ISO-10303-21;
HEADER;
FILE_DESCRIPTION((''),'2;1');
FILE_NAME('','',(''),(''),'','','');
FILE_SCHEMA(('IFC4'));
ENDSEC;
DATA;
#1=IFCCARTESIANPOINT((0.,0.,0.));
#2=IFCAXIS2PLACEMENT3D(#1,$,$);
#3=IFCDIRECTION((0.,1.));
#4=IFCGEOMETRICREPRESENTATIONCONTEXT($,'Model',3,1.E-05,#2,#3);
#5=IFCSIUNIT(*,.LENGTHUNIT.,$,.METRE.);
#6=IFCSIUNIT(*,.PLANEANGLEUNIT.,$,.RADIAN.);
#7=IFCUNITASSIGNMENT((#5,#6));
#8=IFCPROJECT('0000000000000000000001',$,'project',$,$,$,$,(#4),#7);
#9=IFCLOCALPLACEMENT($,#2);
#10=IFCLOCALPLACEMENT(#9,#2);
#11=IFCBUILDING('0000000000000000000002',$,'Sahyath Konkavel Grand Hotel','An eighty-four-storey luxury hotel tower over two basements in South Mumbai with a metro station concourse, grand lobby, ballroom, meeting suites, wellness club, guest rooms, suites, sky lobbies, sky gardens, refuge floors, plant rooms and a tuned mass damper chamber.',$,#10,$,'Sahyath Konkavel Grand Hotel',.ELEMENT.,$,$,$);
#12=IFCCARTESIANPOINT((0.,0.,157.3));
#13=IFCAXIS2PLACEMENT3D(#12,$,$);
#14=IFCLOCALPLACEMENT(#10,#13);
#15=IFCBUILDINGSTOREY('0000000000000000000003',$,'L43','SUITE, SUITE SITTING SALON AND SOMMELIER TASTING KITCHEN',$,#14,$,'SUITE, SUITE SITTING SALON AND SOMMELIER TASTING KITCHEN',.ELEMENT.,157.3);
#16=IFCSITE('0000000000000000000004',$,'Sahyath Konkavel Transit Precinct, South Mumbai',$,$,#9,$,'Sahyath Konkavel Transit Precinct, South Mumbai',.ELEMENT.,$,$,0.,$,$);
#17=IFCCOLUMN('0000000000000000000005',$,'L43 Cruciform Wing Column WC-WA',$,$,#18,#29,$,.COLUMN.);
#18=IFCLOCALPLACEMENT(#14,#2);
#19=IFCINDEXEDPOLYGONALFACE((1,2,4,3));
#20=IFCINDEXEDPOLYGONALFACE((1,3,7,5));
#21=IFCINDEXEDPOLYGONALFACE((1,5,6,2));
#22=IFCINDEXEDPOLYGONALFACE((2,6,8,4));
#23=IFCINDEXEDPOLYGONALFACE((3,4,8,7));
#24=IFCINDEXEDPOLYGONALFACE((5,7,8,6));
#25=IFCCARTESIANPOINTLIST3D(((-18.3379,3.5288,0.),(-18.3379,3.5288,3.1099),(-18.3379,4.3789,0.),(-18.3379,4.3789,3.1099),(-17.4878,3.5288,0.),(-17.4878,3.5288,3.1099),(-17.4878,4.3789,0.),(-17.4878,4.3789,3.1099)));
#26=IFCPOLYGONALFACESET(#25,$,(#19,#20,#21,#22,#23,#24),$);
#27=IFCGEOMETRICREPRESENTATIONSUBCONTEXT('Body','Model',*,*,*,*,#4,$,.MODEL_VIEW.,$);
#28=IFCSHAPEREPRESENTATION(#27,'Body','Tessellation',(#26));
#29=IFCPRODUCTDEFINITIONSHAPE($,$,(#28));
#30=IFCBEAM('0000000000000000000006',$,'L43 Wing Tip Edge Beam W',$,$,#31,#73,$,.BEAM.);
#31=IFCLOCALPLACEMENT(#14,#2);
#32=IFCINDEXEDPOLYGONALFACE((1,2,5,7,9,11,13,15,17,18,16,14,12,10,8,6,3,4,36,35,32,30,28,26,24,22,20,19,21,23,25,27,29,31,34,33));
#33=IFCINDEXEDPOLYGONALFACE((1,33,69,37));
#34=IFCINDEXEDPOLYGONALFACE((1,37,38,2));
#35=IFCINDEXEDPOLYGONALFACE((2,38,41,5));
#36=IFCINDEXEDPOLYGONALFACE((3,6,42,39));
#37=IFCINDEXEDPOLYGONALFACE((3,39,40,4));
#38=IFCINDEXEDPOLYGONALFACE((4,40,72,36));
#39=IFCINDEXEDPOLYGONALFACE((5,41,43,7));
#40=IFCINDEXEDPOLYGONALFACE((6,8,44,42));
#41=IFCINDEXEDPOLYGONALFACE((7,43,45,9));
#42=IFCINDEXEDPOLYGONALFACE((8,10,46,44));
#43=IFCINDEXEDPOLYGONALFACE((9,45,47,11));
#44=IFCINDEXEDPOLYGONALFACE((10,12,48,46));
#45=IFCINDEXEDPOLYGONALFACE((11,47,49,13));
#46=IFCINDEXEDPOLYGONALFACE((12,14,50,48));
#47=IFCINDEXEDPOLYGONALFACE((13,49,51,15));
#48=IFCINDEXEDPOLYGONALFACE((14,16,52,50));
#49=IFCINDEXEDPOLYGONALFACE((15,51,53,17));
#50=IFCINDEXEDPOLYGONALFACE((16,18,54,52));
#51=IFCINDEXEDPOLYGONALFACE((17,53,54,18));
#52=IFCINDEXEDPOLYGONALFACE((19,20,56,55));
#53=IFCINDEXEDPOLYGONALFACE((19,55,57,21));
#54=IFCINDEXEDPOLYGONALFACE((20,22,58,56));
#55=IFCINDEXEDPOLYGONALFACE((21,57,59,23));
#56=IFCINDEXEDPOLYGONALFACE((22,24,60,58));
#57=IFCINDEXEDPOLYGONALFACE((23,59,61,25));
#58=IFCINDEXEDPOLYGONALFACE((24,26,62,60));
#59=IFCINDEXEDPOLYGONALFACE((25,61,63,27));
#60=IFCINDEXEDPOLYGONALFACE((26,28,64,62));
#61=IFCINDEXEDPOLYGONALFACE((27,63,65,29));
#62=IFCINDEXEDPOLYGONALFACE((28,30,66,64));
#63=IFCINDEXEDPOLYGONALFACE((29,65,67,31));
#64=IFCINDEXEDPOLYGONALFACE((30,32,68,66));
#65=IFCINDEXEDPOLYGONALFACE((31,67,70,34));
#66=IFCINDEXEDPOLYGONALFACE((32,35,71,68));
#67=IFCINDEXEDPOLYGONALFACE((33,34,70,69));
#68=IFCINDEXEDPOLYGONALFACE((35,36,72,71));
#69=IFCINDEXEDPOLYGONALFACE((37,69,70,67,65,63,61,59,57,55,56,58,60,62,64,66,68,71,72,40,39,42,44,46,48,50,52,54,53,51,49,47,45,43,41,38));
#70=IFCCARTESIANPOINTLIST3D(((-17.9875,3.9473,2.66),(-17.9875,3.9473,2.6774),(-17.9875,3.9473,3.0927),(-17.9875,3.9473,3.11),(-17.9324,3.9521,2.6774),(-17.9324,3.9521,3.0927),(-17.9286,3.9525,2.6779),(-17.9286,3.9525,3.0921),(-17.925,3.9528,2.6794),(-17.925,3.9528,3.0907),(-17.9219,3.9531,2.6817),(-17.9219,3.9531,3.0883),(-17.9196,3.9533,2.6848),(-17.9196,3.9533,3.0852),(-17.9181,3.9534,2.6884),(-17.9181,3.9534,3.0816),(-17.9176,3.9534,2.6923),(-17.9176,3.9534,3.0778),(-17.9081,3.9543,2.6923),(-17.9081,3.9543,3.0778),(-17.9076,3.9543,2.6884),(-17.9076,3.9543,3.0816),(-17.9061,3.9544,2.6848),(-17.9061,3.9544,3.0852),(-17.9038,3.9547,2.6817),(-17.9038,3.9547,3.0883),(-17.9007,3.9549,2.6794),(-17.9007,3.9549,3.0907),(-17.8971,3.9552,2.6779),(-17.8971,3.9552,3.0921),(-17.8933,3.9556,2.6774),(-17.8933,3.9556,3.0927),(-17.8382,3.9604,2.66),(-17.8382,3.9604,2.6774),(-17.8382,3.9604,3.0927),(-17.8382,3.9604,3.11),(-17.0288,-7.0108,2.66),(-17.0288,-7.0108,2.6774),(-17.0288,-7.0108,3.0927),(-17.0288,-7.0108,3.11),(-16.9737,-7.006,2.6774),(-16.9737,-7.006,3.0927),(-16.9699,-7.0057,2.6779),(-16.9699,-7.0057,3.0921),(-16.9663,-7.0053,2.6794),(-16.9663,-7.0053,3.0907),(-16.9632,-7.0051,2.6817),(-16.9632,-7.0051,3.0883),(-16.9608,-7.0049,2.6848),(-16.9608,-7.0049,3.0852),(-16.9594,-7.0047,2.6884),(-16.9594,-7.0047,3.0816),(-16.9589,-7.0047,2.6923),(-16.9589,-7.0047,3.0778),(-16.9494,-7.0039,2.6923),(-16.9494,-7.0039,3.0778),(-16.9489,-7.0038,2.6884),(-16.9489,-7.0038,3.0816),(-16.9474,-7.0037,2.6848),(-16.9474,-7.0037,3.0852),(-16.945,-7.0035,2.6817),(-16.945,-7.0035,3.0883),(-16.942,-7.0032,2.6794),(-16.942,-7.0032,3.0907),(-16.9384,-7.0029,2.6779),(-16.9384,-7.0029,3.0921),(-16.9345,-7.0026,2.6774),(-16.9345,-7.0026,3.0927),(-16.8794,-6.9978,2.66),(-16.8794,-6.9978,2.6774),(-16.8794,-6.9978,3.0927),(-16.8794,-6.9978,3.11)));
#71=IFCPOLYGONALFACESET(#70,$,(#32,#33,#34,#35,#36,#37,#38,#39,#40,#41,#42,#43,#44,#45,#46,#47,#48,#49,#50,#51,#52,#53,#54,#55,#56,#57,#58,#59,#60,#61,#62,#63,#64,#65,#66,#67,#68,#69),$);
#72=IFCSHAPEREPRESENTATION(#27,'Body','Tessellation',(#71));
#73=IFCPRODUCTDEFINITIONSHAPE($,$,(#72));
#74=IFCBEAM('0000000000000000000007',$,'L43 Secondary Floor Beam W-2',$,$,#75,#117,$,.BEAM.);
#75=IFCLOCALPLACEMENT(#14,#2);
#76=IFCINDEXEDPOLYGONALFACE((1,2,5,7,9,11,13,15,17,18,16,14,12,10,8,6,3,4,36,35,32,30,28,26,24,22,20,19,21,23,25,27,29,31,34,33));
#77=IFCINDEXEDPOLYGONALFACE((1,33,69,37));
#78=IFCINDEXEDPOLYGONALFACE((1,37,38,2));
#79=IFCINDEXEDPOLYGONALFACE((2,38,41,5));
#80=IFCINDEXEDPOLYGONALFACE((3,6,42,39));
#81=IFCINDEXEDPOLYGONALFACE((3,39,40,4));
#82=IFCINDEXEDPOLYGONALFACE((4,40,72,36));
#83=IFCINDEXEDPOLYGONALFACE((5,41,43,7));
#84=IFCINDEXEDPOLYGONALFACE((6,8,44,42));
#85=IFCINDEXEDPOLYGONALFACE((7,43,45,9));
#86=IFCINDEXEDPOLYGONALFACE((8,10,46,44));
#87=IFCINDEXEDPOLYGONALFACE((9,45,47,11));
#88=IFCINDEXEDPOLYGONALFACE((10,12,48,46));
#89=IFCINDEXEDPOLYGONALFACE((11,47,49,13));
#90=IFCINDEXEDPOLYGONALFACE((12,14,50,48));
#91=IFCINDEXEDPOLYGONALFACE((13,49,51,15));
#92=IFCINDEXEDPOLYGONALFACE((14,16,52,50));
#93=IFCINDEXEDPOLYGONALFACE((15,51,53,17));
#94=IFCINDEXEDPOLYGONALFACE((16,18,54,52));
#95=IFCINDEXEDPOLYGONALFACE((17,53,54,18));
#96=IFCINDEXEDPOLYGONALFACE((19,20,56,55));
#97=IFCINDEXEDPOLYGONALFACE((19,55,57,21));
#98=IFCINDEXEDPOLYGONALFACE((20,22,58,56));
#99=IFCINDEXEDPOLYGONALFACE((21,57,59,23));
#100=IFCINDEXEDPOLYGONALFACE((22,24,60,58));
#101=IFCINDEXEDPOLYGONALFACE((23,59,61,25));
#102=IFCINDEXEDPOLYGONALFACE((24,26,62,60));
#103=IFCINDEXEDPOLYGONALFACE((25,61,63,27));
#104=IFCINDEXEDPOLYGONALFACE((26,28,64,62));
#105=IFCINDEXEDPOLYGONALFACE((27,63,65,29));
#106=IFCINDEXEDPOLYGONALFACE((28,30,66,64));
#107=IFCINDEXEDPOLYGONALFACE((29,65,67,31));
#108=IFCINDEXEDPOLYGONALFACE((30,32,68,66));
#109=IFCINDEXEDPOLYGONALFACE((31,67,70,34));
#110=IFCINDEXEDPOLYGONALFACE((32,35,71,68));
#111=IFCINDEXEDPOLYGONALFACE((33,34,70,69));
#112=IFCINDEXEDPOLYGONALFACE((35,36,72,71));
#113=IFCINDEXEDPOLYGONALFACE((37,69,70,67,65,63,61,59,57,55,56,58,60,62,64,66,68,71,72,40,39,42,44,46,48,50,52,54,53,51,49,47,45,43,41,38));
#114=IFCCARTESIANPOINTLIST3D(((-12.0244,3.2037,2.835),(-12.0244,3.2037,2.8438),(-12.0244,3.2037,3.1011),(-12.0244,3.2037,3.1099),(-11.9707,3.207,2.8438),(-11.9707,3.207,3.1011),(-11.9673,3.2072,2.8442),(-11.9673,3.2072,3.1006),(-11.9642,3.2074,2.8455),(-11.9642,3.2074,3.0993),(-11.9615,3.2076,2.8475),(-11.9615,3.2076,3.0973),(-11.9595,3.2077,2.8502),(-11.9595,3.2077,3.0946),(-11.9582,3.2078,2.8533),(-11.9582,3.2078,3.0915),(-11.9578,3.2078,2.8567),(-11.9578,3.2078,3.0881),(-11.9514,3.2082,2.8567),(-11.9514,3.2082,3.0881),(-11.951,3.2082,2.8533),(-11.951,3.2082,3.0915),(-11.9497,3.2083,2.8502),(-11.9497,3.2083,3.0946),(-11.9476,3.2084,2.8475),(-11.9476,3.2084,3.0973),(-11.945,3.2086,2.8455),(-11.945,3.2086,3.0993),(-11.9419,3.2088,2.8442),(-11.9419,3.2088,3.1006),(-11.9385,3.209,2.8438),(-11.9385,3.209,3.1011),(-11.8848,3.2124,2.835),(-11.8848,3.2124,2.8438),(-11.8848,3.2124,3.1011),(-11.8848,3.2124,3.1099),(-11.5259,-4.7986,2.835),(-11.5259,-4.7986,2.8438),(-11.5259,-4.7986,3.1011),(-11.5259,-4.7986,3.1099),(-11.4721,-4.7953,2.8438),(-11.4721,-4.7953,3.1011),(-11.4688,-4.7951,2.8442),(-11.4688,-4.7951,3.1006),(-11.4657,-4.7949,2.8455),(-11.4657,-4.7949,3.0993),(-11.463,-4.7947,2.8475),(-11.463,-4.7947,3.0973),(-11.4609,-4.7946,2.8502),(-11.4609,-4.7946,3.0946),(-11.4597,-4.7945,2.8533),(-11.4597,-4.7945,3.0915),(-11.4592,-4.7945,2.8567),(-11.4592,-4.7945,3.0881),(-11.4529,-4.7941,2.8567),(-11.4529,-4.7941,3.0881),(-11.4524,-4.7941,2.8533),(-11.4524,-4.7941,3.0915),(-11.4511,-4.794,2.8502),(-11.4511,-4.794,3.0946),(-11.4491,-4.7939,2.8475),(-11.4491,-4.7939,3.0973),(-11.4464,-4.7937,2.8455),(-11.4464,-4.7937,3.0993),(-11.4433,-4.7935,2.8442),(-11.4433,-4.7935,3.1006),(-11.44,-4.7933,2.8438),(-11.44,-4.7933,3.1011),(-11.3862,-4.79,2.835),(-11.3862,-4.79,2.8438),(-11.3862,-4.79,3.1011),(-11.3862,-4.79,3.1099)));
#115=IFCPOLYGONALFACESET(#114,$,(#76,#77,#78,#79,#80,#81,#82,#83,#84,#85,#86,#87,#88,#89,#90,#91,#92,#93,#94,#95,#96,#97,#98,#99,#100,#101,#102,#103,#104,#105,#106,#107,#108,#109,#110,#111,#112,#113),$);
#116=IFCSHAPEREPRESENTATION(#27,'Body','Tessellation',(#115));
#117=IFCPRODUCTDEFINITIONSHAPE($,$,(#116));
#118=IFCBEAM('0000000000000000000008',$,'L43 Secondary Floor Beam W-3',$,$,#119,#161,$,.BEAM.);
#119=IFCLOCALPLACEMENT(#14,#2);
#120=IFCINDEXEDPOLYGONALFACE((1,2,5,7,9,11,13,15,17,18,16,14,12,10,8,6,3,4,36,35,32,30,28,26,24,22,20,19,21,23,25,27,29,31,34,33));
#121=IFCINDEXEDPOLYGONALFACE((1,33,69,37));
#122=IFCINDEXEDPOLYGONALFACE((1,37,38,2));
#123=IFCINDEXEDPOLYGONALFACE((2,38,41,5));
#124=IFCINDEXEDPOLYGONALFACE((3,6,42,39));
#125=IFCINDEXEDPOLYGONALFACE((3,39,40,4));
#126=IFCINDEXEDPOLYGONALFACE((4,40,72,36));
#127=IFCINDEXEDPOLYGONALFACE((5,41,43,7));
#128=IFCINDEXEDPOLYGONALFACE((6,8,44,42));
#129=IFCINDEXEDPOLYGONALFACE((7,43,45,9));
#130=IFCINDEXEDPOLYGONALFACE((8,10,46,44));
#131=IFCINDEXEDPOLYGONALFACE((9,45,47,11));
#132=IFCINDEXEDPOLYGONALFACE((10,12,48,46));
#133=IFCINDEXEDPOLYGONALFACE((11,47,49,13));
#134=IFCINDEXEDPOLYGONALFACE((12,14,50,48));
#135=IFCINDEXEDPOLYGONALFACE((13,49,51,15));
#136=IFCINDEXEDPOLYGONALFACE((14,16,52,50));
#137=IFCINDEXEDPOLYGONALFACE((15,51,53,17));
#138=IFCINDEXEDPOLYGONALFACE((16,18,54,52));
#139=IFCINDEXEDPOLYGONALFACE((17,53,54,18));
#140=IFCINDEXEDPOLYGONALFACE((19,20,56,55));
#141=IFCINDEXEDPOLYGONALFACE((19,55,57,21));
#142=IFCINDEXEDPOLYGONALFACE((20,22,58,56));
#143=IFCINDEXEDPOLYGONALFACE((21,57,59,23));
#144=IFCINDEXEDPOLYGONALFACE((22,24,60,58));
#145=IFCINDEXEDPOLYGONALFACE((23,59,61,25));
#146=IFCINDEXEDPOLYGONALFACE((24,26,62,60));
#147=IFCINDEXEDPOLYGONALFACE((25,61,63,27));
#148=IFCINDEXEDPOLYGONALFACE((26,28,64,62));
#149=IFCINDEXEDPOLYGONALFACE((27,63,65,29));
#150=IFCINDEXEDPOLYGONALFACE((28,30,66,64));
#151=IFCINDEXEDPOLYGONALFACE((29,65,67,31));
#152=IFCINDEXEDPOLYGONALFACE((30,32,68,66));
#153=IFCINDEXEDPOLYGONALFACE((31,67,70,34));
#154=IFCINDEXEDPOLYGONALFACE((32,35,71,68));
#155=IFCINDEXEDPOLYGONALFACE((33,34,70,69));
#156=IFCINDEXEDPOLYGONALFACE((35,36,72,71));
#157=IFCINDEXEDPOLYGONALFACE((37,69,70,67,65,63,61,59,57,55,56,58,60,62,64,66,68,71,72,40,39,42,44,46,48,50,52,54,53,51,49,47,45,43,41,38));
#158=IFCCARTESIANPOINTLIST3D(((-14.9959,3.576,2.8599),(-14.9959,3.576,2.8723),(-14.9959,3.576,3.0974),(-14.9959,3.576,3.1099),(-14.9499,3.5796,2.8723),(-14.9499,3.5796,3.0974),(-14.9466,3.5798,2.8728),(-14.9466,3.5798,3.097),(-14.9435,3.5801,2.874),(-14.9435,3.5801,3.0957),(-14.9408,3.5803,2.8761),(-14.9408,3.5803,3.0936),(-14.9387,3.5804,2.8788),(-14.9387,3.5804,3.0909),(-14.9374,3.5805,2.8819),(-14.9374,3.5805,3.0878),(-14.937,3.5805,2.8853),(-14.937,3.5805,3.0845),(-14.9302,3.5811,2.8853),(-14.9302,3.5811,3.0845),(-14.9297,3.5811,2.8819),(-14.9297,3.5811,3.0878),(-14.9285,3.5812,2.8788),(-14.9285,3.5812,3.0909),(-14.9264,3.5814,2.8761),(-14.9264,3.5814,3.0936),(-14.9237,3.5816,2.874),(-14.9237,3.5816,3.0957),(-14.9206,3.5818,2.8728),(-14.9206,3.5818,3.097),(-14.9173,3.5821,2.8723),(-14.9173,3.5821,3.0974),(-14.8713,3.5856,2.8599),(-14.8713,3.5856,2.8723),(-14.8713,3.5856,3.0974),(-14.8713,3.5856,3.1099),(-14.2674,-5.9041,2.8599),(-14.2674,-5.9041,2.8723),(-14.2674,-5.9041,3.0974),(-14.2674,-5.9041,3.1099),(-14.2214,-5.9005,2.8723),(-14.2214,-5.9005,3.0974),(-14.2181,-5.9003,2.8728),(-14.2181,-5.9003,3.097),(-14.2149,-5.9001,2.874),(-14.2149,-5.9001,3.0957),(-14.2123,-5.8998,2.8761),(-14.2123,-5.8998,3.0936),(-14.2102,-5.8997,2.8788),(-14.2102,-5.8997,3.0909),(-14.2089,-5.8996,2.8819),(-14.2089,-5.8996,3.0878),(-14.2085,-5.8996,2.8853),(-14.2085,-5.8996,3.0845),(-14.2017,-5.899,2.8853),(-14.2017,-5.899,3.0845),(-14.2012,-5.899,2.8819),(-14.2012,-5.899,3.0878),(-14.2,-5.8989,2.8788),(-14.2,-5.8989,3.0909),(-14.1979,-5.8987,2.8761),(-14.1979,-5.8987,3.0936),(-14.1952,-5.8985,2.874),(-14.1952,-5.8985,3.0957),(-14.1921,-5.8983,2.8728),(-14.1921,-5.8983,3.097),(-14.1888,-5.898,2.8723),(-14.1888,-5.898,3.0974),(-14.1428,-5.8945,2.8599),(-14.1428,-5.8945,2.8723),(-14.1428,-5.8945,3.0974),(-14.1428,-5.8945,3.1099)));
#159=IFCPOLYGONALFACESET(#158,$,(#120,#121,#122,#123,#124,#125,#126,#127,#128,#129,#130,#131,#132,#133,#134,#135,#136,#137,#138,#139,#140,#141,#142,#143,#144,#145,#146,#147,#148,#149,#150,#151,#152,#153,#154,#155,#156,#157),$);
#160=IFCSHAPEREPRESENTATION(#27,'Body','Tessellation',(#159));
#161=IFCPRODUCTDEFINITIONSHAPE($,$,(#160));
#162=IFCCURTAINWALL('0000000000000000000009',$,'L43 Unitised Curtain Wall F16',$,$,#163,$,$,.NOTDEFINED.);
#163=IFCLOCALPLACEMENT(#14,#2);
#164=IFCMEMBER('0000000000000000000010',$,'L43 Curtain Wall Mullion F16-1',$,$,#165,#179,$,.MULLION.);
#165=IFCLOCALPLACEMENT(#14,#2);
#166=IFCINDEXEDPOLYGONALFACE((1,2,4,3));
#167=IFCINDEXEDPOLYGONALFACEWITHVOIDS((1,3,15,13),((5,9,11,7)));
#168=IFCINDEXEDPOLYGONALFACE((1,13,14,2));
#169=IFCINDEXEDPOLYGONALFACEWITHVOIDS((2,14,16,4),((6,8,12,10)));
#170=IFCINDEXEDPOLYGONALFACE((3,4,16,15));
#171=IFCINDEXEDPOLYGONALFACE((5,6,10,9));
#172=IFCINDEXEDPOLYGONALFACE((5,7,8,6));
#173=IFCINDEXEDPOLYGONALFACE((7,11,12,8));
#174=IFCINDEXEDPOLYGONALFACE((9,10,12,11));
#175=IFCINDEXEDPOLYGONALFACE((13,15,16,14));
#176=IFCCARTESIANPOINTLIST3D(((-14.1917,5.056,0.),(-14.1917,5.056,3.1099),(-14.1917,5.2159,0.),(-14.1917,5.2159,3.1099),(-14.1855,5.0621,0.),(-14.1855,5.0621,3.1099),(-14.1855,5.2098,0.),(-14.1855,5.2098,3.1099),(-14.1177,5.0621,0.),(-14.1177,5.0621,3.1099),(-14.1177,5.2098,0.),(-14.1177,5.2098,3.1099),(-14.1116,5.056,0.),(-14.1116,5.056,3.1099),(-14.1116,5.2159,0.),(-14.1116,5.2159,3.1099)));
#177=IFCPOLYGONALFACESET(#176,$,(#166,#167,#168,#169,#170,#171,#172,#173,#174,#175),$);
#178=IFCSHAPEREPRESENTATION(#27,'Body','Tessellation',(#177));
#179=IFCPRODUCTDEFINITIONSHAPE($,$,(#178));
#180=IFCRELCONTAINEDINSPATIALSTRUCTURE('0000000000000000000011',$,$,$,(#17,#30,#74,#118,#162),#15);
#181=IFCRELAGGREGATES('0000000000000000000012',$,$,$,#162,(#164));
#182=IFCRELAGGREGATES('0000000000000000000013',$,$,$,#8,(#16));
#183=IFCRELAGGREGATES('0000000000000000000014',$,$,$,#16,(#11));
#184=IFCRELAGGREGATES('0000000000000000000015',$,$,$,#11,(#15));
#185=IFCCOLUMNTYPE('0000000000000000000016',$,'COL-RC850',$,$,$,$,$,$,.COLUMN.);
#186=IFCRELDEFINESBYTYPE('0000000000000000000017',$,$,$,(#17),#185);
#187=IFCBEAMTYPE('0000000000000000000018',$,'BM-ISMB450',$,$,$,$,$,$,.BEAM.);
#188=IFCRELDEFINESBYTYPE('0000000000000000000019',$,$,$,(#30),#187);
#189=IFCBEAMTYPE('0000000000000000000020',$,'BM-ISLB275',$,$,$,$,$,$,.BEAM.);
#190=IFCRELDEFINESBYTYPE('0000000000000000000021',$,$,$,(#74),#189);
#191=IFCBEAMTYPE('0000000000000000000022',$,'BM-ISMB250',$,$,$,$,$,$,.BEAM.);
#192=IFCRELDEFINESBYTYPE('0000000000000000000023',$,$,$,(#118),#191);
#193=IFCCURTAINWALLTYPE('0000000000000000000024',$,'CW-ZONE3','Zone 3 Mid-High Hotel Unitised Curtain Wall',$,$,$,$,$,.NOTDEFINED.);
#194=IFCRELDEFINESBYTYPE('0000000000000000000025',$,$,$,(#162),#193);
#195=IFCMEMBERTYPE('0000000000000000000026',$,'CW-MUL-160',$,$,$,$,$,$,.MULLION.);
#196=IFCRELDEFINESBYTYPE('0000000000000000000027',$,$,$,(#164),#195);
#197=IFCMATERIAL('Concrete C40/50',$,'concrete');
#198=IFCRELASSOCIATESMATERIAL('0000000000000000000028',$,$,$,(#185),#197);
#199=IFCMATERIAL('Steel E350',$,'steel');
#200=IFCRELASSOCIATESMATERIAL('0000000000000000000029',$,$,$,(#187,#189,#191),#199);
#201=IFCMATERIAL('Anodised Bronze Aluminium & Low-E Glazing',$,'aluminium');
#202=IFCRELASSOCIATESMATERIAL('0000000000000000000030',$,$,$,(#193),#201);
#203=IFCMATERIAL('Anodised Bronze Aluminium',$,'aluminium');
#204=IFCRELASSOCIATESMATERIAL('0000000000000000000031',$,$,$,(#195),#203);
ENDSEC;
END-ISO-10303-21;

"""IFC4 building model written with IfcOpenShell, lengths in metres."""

from ifc_helpers import new_model, si_unit, direction, frame, origin, origin_2d, place, context, subcontext, project, spatial, rectangle, hollow_rectangle, i_section, extrude, source, transform, mapped, material, material_profile, profile_set, type_object, element, aggregate, save


model = new_model("IFC4")

# Units and contexts
model_context = context("Model", 3, precision=1e-05, world=origin(), true_north=direction((0.0, 1.0)))
body_context = subcontext(model_context, "Body", "Model", "MODEL_VIEW")
ifc_project = project(units=[si_unit("LENGTHUNIT", "METRE"), si_unit("PLANEANGLEUNIT", "RADIAN")], contexts=[model_context])

# Site, building, storey
site_placement = place(None, origin())
site = spatial("IfcSite", under=ifc_project, at=site_placement, Name="Sahyath Konkavel Transit Precinct, South Mumbai", LongName="Sahyath Konkavel Transit Precinct, South Mumbai", CompositionType="ELEMENT", RefElevation=0.0)
building_placement = place(site_placement, origin())
building = spatial("IfcBuilding", under=site, at=building_placement, Name="Sahyath Konkavel Grand Hotel", Description="An eighty-four-storey luxury hotel tower over two basements in South Mumbai with a metro station concourse, grand lobby, ballroom, meeting suites, wellness club, guest rooms, suites, sky lobbies, sky gardens, refuge floors, plant rooms and a tuned mass damper chamber.", LongName="Sahyath Konkavel Grand Hotel", CompositionType="ELEMENT")
storey_placement = place(building_placement, frame((0.0, 0.0, 157.3)))
storey = spatial("IfcBuildingStorey", under=building, at=storey_placement, Name="L43", Description="SUITE, SUITE SITTING SALON AND SOMMELIER TASTING KITCHEN", LongName="SUITE, SUITE SITTING SALON AND SOMMELIER TASTING KITCHEN", CompositionType="ELEMENT", Elevation=157.3)

# Column
ifc_material_1 = material(Name="Concrete C40/50", Category="concrete")
ifc_material_profile_1 = material_profile(ifc_material_1, rectangle(XDim=0.8501, YDim=0.8501, at=origin_2d()), Name="RC 850x850")
ifc_profile_set_1 = profile_set([ifc_material_profile_1], Name="Concrete C40/50")
column_type = type_object("IfcColumnType", Name="COL-RC850", PredefinedType="COLUMN", material=ifc_profile_set_1)
shared_shape_1 = source(origin(), body_context, "Body", "SweptSolid", [
    extrude(rectangle(XDim=0.8501, YDim=0.8501, at=origin_2d()), origin(), (0.0, 0.0, 1.0), 3.1099),
])
column_placement = place(storey_placement, frame((-17.9128, 3.9539, 0.0), z_axis=(0.0, 0.0, 1.0), x_axis=(1.0, 0.0, 0.0)))
element("IfcColumn", 1, at=column_placement, inside=storey, type_object=column_type, Name="L43 Cruciform Wing Column WC-WA", PredefinedType="COLUMN", context=body_context, shape_type="MappedRepresentation", body=[
    mapped(shared_shape_1, transform((0.0, 0.0, 0.0), scale=1.0)),
])

# Beams
ifc_material_2 = material(Name="Steel E350", Category="steel")
ifc_material_profile_2 = material_profile(ifc_material_2, i_section(OverallWidth=0.1499, OverallDepth=0.45, WebThickness=0.0095, FlangeThickness=0.0173, FilletRadius=0.0149, at=origin_2d()), Name="ISMB 450")
ifc_profile_set_2 = profile_set([ifc_material_profile_2], Name="Steel E350")
beam_type_1 = type_object("IfcBeamType", Name="BM-ISMB450", PredefinedType="BEAM", material=ifc_profile_set_2)
shared_shape_2 = source(origin(), body_context, "Body", "SweptSolid", [
    extrude(i_section(OverallWidth=0.1499, OverallDepth=0.45, WebThickness=0.0095, FlangeThickness=0.0173, FilletRadius=0.0149, at=origin_2d()), origin(), (0.0, 0.0, 1.0), 11.0),
])
beam_1_placement = place(storey_placement, frame((-17.9128, 3.9539, 2.885), z_axis=(0.087157, -0.996195, 0.0), x_axis=(0.996195, 0.087157, 0.0)))
element("IfcBeam", 2, at=beam_1_placement, inside=storey, type_object=beam_type_1, Name="L43 Wing Tip Edge Beam W", PredefinedType="BEAM", context=body_context, shape_type="MappedRepresentation", body=[
    mapped(shared_shape_2, transform((0.0, 0.0, 0.0), scale=1.0)),
])
ifc_material_profile_3 = material_profile(ifc_material_2, i_section(OverallWidth=0.1399, OverallDepth=0.2749, WebThickness=0.0063, FlangeThickness=0.0088, FilletRadius=0.0129, at=origin_2d()), Name="ISLB 275")
ifc_profile_set_3 = profile_set([ifc_material_profile_3], Name="Steel E350")
beam_type_2 = type_object("IfcBeamType", Name="BM-ISLB275", PredefinedType="BEAM", material=ifc_profile_set_3)
shared_shape_3 = source(origin(), body_context, "Body", "SweptSolid", [
    extrude(i_section(OverallWidth=0.1399, OverallDepth=0.2749, WebThickness=0.0063, FlangeThickness=0.0088, FilletRadius=0.0129, at=origin_2d()), origin(), (0.0, 0.0, 1.0), 8.0178),
])
beam_2_placement = place(storey_placement, frame((-11.9546, 3.208, 2.9724), z_axis=(0.062179, -0.998065, 0.0), x_axis=(0.998065, 0.062179, 0.0)))
element("IfcBeam", 3, at=beam_2_placement, inside=storey, type_object=beam_type_2, Name="L43 Secondary Floor Beam W-2", PredefinedType="BEAM", context=body_context, shape_type="MappedRepresentation", body=[
    mapped(shared_shape_3, transform((0.0, 0.0, 0.0), scale=1.0)),
])
ifc_material_profile_4 = material_profile(ifc_material_2, i_section(OverallWidth=0.125, OverallDepth=0.25, WebThickness=0.0068, FlangeThickness=0.0125, FilletRadius=0.0129, at=origin_2d()), Name="ISMB 250")
ifc_profile_set_4 = profile_set([ifc_material_profile_4], Name="Steel E350")
beam_type_3 = type_object("IfcBeamType", Name="BM-ISMB250", PredefinedType="BEAM", material=ifc_profile_set_4)
shared_shape_4 = source(origin(), body_context, "Body", "SweptSolid", [
    extrude(i_section(OverallWidth=0.125, OverallDepth=0.25, WebThickness=0.0068, FlangeThickness=0.0125, FilletRadius=0.0129, at=origin_2d()), origin(), (0.0, 0.0, 1.0), 9.5081),
])
beam_3_placement = place(storey_placement, frame((-14.9336, 3.5808, 2.9849), z_axis=(0.07662, -0.99706, 0.0), x_axis=(0.99706, 0.07662, 0.0)))
element("IfcBeam", 4, at=beam_3_placement, inside=storey, type_object=beam_type_3, Name="L43 Secondary Floor Beam W-3", PredefinedType="BEAM", context=body_context, shape_type="MappedRepresentation", body=[
    mapped(shared_shape_4, transform((0.0, 0.0, 0.0), scale=1.0)),
])

# Curtain wall, member
ifc_material_3 = material(Name="Anodised Bronze Aluminium & Low-E Glazing", Category="aluminium")
curtain_wall_type = type_object("IfcCurtainWallType", Name="CW-ZONE3", Description="Zone 3 Mid-High Hotel Unitised Curtain Wall", PredefinedType="NOTDEFINED", material=ifc_material_3)
curtain_wall_1_placement = place(storey_placement, origin())
curtain_wall_1 = element("IfcCurtainWall", 5, at=curtain_wall_1_placement, inside=storey, type_object=curtain_wall_type, Name="L43 Unitised Curtain Wall F16", PredefinedType="NOTDEFINED")
ifc_material_4 = material(Name="Anodised Bronze Aluminium", Category="aluminium")
ifc_material_profile_5 = material_profile(ifc_material_4, hollow_rectangle(XDim=0.0801, YDim=0.1599, WallThickness=0.0061, at=origin_2d()), Name="RHS 160x80x6")
ifc_profile_set_5 = profile_set([ifc_material_profile_5], Name="Anodised Bronze Aluminium")
member_type_1 = type_object("IfcMemberType", Name="CW-MUL-160", PredefinedType="MULLION", material=ifc_profile_set_5)
shared_shape_5 = source(origin(), body_context, "Body", "SweptSolid", [
    extrude(hollow_rectangle(XDim=0.0801, YDim=0.1599, WallThickness=0.0061, at=origin_2d()), origin(), (0.0, 0.0, 1.0), 3.1099),
])
member_1_placement = place(storey_placement, frame((-14.1516, 5.136, 0.0), z_axis=(0.0, 0.0, 1.0), x_axis=(1.0, 0.0, 0.0)))
member_1 = element("IfcMember", 6, at=member_1_placement, type_object=member_type_1, Name="L43 Curtain Wall Mullion F16-1", PredefinedType="MULLION", context=body_context, shape_type="MappedRepresentation", body=[
    mapped(shared_shape_5, transform((0.0, 0.0, 0.0), scale=1.0)),
])

aggregate(curtain_wall_1, [member_1])

save(model, "model.ifc")
